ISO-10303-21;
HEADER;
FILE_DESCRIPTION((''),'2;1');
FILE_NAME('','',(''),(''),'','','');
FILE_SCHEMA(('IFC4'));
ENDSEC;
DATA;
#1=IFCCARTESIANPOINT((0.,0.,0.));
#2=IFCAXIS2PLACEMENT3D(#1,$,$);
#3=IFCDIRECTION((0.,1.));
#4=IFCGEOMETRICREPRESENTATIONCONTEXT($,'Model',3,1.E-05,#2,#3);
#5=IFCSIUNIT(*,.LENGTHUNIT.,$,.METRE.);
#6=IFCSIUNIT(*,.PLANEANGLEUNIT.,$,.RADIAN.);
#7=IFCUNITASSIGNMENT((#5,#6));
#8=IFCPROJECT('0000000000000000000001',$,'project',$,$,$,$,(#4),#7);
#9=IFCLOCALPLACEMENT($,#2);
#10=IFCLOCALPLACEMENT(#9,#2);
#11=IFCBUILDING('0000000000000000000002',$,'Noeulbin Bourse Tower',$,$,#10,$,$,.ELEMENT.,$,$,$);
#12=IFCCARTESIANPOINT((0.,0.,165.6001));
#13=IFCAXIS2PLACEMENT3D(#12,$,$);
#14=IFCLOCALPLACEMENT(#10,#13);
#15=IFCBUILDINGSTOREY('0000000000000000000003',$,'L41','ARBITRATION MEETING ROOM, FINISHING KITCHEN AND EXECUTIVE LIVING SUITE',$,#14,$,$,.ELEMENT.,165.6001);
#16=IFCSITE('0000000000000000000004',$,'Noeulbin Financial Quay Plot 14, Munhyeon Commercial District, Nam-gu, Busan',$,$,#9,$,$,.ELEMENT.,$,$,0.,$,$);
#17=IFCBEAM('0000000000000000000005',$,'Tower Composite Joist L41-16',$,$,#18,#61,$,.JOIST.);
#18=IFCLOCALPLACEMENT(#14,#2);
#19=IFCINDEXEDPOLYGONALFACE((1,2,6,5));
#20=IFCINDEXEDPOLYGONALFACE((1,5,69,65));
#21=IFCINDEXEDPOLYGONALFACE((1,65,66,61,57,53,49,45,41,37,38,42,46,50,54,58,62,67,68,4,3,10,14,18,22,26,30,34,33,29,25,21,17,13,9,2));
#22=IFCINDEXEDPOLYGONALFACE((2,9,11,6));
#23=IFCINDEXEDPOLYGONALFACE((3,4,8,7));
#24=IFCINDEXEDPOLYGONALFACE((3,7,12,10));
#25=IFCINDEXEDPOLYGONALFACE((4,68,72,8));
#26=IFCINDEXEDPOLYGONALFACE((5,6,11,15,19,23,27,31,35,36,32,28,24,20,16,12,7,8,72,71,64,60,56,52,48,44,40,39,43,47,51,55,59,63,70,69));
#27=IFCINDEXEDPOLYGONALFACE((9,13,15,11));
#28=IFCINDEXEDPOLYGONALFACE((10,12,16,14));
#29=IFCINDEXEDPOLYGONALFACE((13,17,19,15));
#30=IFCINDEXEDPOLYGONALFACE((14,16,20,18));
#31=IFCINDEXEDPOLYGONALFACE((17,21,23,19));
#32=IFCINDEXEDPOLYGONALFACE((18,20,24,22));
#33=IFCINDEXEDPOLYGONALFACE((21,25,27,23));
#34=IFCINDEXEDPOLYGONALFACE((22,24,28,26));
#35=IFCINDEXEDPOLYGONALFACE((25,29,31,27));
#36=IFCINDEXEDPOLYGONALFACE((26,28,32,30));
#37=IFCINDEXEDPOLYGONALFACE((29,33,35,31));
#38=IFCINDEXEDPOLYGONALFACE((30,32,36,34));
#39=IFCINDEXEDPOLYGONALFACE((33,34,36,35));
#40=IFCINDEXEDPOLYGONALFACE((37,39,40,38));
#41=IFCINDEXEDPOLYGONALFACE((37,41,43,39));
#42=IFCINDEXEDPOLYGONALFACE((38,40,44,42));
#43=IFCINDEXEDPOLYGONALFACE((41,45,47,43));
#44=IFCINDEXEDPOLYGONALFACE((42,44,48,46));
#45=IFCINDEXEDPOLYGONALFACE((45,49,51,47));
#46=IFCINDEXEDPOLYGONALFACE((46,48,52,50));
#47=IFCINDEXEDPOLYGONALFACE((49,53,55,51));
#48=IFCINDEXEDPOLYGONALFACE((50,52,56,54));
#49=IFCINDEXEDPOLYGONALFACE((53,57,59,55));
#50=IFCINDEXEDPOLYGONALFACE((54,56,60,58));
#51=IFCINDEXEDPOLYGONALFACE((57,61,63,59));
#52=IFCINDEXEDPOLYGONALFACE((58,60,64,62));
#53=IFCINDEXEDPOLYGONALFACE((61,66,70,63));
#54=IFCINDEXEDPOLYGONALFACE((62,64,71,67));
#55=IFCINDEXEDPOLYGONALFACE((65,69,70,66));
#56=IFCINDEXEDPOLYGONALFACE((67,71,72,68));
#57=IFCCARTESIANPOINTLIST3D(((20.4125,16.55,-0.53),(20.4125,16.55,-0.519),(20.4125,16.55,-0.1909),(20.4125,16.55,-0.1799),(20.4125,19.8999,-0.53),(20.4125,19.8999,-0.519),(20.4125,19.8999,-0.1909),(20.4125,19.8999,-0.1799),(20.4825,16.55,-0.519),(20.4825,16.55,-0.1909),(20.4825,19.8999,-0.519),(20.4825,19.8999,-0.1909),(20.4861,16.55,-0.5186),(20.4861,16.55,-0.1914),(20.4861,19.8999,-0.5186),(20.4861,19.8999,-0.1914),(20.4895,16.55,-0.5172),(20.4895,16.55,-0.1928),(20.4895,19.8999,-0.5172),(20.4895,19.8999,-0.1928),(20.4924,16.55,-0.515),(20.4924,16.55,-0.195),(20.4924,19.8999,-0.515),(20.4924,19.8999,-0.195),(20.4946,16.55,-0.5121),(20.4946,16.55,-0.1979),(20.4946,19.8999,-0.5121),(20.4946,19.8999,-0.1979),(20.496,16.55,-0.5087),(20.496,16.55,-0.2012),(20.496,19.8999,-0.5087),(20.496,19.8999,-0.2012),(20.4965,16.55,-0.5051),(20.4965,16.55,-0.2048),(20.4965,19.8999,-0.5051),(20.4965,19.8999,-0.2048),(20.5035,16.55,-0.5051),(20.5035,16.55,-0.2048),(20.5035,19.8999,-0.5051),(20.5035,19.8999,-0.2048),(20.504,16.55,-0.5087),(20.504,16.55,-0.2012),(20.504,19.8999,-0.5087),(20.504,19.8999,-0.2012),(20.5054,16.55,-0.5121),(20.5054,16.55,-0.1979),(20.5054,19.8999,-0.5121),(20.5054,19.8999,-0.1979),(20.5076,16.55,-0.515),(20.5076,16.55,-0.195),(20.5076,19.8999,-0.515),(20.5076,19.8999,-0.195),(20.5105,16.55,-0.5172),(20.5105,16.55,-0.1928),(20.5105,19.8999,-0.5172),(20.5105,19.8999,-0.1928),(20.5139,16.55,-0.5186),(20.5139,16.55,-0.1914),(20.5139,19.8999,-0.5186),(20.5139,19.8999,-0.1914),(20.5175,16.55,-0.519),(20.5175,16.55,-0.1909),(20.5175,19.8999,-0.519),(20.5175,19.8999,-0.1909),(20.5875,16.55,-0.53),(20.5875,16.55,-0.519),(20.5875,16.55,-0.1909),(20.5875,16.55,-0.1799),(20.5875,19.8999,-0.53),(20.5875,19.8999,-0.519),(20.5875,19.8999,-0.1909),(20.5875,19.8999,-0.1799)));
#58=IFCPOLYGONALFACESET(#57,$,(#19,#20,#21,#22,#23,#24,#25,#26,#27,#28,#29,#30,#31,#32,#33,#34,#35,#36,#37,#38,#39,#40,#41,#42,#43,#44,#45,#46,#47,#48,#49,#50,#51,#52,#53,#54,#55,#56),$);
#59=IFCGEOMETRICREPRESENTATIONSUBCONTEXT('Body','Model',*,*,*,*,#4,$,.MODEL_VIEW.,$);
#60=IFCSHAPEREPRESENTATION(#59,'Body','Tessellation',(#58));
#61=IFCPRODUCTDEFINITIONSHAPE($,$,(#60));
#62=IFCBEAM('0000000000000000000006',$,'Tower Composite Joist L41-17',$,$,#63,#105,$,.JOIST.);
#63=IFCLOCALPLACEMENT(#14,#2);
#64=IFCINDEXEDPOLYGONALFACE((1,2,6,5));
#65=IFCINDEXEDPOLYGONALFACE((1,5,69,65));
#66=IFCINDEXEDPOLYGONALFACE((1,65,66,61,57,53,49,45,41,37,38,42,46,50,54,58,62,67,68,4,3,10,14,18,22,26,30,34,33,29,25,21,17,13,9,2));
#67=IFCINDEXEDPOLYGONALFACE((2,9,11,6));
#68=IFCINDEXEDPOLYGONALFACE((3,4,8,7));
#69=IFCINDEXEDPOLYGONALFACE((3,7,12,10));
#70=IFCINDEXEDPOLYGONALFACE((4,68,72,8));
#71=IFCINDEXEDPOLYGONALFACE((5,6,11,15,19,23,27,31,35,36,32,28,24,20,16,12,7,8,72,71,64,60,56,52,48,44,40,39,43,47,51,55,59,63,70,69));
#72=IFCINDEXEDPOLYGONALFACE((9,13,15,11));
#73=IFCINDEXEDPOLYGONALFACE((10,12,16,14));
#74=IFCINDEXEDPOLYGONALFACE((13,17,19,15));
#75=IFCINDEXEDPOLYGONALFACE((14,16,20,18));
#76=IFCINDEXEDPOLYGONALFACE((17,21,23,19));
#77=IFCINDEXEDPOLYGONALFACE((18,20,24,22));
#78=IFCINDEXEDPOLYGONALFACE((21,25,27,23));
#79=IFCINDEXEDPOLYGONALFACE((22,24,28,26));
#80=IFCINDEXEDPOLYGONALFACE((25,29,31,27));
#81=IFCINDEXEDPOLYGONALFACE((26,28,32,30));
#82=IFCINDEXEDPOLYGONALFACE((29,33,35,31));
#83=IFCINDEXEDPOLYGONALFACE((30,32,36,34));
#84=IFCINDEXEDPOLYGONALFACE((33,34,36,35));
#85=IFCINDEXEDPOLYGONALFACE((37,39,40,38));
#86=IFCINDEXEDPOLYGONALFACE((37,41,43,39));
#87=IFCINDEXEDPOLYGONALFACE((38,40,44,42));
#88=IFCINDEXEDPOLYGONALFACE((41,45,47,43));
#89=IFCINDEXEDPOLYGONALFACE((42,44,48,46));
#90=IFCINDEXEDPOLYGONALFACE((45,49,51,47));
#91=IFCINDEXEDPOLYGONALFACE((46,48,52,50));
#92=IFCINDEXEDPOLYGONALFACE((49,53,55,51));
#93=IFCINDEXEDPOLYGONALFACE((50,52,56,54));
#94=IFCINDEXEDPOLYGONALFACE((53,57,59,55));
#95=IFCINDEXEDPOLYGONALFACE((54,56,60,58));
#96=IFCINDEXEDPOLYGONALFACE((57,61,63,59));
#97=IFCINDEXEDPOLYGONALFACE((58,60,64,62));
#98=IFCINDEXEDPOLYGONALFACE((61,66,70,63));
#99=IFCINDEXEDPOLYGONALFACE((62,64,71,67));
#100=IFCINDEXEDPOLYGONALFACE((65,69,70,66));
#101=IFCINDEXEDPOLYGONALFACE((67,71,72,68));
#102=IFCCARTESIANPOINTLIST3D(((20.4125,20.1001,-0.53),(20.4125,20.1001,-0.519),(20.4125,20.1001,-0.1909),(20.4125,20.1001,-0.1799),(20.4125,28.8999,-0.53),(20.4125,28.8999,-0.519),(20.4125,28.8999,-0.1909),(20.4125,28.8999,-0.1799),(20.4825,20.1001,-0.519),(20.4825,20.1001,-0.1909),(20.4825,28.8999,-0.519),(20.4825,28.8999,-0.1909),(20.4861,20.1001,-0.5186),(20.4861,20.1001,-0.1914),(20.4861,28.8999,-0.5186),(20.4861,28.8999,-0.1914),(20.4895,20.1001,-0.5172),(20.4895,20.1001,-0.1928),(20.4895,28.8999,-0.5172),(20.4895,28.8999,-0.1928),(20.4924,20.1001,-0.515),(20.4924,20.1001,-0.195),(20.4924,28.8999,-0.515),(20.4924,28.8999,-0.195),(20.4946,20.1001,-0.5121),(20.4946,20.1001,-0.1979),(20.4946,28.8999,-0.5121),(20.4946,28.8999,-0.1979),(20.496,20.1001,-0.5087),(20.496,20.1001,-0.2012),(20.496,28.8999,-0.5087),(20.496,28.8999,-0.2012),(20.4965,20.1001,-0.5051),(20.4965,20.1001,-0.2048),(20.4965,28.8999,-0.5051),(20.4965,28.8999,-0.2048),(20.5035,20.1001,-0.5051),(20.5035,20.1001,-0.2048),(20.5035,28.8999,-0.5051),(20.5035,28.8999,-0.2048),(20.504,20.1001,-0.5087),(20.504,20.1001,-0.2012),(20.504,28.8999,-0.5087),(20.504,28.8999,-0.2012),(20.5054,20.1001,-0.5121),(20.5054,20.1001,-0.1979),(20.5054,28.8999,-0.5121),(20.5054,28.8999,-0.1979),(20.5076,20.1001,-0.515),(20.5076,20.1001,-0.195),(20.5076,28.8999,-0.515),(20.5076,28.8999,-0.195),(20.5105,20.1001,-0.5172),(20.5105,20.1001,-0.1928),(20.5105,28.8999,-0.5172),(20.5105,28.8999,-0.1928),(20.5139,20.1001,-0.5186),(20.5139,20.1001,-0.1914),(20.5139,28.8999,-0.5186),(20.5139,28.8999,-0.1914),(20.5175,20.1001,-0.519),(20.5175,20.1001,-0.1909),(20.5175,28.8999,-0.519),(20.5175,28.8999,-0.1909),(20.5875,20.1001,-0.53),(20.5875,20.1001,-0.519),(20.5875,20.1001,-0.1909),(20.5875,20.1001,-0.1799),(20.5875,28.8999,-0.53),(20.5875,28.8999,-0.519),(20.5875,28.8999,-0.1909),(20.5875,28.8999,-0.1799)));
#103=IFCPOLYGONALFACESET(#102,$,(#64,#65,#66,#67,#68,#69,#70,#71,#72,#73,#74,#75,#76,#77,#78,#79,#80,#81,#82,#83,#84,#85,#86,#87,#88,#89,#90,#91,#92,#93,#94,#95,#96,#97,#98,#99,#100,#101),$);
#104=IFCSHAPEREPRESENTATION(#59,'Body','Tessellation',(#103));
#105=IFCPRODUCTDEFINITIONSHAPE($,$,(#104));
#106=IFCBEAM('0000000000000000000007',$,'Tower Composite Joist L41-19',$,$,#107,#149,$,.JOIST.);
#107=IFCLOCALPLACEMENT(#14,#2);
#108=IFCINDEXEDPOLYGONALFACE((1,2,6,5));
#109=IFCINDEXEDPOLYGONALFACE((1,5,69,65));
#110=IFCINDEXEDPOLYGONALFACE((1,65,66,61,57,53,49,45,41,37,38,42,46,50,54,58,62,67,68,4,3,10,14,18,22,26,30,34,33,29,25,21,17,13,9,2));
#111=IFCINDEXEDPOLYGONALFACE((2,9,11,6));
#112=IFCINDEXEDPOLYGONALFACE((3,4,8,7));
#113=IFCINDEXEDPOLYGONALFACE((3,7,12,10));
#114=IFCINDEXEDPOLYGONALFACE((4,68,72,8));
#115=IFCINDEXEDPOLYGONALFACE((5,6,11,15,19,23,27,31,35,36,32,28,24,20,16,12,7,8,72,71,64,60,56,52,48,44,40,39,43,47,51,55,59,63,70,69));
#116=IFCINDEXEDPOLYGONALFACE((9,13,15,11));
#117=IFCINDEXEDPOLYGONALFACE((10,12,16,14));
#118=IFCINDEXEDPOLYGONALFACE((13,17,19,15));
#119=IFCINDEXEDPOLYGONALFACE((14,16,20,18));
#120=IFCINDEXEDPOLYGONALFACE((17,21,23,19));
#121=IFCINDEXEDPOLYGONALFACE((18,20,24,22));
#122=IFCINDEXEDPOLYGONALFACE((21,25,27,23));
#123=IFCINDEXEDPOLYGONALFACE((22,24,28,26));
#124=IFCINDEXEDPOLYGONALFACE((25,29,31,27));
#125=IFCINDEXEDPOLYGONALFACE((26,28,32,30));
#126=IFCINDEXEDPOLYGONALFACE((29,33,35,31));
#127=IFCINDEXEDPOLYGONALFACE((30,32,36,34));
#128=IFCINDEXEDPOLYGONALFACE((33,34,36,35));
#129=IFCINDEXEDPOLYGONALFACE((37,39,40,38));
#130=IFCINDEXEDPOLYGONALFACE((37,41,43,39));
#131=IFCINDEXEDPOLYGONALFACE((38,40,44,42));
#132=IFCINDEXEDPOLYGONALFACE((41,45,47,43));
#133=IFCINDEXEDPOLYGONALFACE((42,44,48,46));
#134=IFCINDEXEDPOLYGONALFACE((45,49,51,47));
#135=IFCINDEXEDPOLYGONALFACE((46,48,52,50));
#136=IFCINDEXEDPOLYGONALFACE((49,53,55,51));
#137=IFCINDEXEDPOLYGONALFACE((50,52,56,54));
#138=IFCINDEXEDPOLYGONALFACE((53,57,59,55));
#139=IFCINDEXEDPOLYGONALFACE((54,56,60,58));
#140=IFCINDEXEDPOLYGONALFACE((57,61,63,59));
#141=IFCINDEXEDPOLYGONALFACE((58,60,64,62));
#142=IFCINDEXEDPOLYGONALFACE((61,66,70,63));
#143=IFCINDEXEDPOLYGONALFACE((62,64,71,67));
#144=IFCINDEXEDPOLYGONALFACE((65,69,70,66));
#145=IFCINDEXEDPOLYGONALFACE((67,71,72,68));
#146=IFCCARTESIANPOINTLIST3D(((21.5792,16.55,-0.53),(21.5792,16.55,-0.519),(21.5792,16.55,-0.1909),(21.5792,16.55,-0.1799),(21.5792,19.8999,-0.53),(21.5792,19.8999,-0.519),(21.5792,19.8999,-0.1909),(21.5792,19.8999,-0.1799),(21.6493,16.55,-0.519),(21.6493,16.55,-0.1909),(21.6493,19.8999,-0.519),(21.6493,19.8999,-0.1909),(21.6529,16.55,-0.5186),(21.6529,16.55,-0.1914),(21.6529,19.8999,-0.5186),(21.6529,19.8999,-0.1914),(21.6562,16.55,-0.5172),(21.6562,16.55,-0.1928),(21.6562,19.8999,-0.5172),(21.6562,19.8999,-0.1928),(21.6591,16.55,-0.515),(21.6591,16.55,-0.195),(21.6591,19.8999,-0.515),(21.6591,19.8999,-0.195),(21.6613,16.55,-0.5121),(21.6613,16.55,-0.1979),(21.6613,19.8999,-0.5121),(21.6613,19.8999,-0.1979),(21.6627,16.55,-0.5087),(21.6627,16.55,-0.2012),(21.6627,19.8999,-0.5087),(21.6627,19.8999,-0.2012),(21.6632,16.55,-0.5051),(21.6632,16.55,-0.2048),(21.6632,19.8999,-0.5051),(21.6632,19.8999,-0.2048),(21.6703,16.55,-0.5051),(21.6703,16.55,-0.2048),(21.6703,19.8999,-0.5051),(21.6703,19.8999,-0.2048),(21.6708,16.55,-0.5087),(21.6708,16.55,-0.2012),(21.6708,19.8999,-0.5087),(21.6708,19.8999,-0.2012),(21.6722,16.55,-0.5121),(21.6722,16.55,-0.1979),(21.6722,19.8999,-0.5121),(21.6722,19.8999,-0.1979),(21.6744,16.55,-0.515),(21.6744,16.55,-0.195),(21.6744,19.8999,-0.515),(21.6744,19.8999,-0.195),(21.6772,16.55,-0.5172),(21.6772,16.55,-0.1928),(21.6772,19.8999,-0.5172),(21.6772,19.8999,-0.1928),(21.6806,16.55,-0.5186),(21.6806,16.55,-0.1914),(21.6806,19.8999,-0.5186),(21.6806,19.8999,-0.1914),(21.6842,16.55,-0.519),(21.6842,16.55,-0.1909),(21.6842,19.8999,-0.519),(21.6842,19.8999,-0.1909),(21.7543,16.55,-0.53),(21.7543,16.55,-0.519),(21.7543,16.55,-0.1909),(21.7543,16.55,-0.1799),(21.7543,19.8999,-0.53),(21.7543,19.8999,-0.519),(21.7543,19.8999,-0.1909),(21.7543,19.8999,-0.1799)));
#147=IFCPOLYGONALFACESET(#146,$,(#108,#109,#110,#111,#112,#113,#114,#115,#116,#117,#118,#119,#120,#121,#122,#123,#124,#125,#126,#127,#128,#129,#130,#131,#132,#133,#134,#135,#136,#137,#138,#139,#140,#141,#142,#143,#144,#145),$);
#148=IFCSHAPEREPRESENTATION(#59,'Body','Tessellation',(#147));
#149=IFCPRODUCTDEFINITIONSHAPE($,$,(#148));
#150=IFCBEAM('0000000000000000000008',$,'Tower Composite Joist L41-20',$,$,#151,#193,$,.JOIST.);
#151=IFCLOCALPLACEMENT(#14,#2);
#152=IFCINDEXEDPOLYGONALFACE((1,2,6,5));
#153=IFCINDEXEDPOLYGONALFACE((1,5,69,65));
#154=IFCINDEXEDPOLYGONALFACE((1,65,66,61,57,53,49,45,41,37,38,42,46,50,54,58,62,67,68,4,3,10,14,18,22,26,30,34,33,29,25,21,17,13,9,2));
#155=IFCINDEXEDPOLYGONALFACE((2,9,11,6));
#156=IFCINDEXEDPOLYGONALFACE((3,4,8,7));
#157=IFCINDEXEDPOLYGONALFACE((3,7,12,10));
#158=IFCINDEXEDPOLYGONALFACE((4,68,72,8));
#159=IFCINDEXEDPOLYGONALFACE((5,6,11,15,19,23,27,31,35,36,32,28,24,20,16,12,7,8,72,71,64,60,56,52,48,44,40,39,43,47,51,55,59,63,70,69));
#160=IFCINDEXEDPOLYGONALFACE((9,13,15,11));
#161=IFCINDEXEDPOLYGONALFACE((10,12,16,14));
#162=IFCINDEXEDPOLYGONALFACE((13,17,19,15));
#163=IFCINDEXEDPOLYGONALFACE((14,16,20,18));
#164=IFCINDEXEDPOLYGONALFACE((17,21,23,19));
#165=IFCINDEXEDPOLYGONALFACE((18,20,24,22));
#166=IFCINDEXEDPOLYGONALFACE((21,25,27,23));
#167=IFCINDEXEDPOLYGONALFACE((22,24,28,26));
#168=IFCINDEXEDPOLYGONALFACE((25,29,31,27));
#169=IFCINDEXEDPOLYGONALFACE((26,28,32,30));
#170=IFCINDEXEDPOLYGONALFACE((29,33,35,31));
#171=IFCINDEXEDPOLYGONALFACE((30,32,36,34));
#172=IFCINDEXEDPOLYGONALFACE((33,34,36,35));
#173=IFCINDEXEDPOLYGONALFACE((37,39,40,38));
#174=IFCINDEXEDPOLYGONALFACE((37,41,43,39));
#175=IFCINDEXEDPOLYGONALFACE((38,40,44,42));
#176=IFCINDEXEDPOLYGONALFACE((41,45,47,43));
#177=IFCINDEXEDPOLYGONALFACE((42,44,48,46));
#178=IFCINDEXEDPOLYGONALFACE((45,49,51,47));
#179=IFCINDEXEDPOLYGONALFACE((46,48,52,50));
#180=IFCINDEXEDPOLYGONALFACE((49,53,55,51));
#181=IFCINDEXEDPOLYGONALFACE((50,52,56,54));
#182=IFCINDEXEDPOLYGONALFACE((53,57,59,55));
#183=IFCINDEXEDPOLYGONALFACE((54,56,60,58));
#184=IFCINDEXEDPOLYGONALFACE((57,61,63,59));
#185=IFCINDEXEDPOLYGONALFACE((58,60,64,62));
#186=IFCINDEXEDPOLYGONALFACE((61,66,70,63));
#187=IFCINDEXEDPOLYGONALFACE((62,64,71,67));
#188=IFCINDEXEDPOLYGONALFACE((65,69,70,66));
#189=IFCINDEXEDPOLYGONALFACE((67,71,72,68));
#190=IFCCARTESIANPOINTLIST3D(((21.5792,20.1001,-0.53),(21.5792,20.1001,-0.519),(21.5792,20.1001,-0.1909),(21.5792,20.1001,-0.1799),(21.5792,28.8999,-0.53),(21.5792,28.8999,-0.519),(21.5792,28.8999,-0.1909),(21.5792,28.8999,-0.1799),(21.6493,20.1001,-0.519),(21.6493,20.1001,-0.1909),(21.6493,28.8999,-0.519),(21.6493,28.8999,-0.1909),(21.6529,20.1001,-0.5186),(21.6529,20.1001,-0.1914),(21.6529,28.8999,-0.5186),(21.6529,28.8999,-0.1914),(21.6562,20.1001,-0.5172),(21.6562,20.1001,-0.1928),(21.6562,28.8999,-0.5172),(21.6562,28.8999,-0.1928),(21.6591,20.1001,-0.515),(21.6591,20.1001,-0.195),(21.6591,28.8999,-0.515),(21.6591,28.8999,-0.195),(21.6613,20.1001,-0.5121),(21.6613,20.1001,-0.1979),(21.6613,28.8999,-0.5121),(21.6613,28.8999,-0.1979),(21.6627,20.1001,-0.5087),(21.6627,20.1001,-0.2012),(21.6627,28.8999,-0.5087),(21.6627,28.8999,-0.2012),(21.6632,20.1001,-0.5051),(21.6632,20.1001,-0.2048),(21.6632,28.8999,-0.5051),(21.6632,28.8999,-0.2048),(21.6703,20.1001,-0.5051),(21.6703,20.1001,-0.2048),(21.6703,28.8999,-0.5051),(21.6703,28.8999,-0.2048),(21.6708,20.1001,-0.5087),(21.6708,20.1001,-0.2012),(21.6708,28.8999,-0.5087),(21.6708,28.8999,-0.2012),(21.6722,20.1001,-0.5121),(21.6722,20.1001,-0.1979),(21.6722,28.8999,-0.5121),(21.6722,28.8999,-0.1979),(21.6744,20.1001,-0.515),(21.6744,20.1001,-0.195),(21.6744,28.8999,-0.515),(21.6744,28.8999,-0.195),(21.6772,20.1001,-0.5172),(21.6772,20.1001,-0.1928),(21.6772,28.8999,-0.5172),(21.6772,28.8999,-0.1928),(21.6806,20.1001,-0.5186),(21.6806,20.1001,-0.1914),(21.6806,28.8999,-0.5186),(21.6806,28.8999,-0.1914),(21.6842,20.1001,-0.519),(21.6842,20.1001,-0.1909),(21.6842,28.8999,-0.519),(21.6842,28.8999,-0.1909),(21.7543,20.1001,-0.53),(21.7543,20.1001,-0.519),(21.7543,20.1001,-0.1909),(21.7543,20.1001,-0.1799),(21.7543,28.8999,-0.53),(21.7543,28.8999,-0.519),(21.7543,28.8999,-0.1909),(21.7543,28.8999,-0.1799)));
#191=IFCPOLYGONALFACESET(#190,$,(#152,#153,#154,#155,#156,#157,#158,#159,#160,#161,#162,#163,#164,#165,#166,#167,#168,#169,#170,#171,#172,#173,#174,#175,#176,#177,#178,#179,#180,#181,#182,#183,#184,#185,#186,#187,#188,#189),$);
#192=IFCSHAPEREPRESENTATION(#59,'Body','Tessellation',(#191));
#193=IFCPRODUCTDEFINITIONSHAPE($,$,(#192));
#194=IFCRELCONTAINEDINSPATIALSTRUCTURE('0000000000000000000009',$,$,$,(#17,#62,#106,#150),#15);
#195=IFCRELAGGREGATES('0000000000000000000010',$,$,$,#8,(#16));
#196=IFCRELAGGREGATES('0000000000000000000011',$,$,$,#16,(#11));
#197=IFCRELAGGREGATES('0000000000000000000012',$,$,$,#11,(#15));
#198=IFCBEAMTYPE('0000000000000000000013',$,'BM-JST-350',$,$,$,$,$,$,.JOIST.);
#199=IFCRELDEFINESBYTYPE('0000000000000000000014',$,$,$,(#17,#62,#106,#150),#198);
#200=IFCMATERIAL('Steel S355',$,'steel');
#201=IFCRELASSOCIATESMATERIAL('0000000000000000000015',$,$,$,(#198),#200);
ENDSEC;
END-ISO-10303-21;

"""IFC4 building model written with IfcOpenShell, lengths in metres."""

from ifc_helpers import new_model, si_unit, direction, frame, origin, origin_2d, place, context, subcontext, project, spatial, i_section, extrude, material, material_profile, profile_set, type_object, element, save


model = new_model("IFC4")

# Units and contexts
model_context = context("Model", 3, precision=1e-05, world=origin(), true_north=direction((0.0, 1.0)))
body_context = subcontext(model_context, "Body", "Model", "MODEL_VIEW")
ifc_project = project(units=[si_unit("LENGTHUNIT", "METRE"), si_unit("PLANEANGLEUNIT", "RADIAN")], contexts=[model_context])

# Site, building, storey
site_placement = place(None, origin())
site = spatial("IfcSite", under=ifc_project, at=site_placement, Name="Noeulbin Financial Quay Plot 14, Munhyeon Commercial District, Nam-gu, Busan", CompositionType="ELEMENT", RefElevation=0.0)
building_placement = place(site_placement, origin())
building = spatial("IfcBuilding", under=site, at=building_placement, Name="Noeulbin Bourse Tower", CompositionType="ELEMENT")
storey_placement = place(building_placement, frame((0.0, 0.0, 165.6001)))
storey = spatial("IfcBuildingStorey", under=building, at=storey_placement, Name="L41", Description="ARBITRATION MEETING ROOM, FINISHING KITCHEN AND EXECUTIVE LIVING SUITE", CompositionType="ELEMENT", Elevation=165.6001)

# Shared definitions
ifc_material_1 = material(Name="Steel S355", Category="steel")

# Beams
ifc_material_profile_1 = material_profile(ifc_material_1, i_section(OverallWidth=0.175, OverallDepth=0.3501, WebThickness=0.0071, FlangeThickness=0.011, FilletRadius=0.0139, at=origin_2d()), Name="H-350x175x7x11", Category="LoadBearing")
ifc_profile_set_1 = profile_set([ifc_material_profile_1], Name="Steel S355")
beam_type_1 = type_object("IfcBeamType", Name="BM-JST-350", PredefinedType="JOIST", material=ifc_profile_set_1)
beam_1_placement = place(storey_placement, frame((20.5, 16.55, -0.355), z_axis=(0.0, 1.0, 0.0), x_axis=(-1.0, 0.0, 0.0)))
element("IfcBeam", 1, at=beam_1_placement, inside=storey, type_object=beam_type_1, Name="Tower Composite Joist L41-16", PredefinedType="JOIST", context=body_context, shape_type="SweptSolid", body=[
    extrude(i_section(OverallWidth=0.175, OverallDepth=0.3501, WebThickness=0.0071, FlangeThickness=0.011, FilletRadius=0.0139, at=origin_2d()), origin(), (0.0, 0.0, 1.0), 3.3499),
])
beam_2_placement = place(storey_placement, frame((20.5, 20.1001, -0.355), z_axis=(0.0, 1.0, 0.0), x_axis=(-1.0, 0.0, 0.0)))
element("IfcBeam", 2, at=beam_2_placement, inside=storey, type_object=beam_type_1, Name="Tower Composite Joist L41-17", PredefinedType="JOIST", context=body_context, shape_type="SweptSolid", body=[
    extrude(i_section(OverallWidth=0.175, OverallDepth=0.3501, WebThickness=0.0071, FlangeThickness=0.011, FilletRadius=0.0139, at=origin_2d()), origin(), (0.0, 0.0, 1.0), 8.7998),
])
beam_3_placement = place(storey_placement, frame((21.6667, 16.55, -0.355), z_axis=(0.0, 1.0, 0.0), x_axis=(-1.0, 0.0, 0.0)))
element("IfcBeam", 3, at=beam_3_placement, inside=storey, type_object=beam_type_1, Name="Tower Composite Joist L41-19", PredefinedType="JOIST", context=body_context, shape_type="SweptSolid", body=[
    extrude(i_section(OverallWidth=0.175, OverallDepth=0.3501, WebThickness=0.0071, FlangeThickness=0.011, FilletRadius=0.0139, at=origin_2d()), origin(), (0.0, 0.0, 1.0), 3.3499),
])
beam_4_placement = place(storey_placement, frame((21.6667, 20.1001, -0.355), z_axis=(0.0, 1.0, 0.0), x_axis=(-1.0, 0.0, 0.0)))
element("IfcBeam", 4, at=beam_4_placement, inside=storey, type_object=beam_type_1, Name="Tower Composite Joist L41-20", PredefinedType="JOIST", context=body_context, shape_type="SweptSolid", body=[
    extrude(i_section(OverallWidth=0.175, OverallDepth=0.3501, WebThickness=0.0071, FlangeThickness=0.011, FilletRadius=0.0139, at=origin_2d()), origin(), (0.0, 0.0, 1.0), 8.7998),
])

save(model, "model.ifc")
